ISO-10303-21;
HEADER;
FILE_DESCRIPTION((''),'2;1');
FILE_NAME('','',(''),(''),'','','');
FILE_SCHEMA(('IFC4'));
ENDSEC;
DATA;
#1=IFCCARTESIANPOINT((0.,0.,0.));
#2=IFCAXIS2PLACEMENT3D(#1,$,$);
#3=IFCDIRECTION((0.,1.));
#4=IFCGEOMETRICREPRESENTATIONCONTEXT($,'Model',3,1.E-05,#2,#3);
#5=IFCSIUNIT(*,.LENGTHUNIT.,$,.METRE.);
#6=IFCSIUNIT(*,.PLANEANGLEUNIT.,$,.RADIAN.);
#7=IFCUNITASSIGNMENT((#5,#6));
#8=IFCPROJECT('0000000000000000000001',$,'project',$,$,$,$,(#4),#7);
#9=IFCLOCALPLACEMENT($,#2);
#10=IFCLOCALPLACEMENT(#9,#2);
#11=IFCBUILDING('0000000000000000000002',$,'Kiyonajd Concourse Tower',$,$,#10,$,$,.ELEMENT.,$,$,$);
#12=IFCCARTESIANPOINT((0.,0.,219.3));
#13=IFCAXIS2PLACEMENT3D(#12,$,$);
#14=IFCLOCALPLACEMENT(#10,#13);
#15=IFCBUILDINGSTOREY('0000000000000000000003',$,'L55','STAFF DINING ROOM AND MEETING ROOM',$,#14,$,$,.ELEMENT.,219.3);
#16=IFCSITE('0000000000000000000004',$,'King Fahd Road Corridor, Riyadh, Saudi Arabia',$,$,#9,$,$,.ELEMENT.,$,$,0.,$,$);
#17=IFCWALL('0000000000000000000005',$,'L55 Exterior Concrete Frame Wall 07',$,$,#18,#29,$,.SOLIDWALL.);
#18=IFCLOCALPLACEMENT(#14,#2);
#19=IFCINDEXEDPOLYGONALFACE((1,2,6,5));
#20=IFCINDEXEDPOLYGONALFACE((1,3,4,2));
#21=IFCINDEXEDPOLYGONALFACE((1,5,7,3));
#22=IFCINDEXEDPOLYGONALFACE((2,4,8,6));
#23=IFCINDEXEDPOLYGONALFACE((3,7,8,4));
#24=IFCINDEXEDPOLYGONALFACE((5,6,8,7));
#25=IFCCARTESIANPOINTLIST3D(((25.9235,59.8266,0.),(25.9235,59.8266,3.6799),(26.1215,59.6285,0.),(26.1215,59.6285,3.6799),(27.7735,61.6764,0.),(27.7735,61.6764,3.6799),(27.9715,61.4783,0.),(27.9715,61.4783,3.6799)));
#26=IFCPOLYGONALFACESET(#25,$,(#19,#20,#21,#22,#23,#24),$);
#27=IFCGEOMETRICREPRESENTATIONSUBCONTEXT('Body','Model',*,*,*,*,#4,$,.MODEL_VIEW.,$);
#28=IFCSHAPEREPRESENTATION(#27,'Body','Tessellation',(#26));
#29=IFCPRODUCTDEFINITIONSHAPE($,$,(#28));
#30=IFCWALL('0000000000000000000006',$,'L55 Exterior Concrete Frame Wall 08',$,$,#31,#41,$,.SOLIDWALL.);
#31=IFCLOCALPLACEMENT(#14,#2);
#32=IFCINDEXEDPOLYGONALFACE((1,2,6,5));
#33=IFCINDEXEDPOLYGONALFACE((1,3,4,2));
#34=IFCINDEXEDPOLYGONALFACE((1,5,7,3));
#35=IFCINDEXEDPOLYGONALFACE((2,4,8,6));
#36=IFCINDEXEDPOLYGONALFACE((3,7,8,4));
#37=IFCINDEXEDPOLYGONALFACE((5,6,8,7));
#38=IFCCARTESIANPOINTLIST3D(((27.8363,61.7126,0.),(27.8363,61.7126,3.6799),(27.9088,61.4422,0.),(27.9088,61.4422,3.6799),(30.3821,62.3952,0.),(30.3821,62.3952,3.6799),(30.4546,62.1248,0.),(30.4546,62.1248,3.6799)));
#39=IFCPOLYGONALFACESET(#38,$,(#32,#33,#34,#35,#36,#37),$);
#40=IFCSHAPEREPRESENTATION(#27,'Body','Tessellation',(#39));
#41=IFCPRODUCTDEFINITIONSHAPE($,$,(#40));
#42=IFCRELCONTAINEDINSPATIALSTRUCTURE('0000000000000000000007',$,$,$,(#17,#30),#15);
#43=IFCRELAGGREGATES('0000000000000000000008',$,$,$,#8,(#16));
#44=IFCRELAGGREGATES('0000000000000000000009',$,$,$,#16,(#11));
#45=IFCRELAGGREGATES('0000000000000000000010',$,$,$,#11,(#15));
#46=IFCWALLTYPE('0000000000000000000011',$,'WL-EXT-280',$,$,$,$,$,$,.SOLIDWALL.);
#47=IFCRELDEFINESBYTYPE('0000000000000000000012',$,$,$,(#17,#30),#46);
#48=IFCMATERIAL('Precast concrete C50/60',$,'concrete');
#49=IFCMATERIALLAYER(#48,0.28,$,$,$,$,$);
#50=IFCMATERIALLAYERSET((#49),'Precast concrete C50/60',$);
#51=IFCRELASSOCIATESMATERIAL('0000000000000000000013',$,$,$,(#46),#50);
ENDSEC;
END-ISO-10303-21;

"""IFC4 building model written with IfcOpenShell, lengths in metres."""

from ifc_helpers import new_model, si_unit, direction, frame, frame_2d, origin, place, context, subcontext, project, spatial, rectangle, extrude, material, layer, layer_set, type_object, element, save


model = new_model("IFC4")

# Units and contexts
model_context = context("Model", 3, precision=1e-05, world=origin(), true_north=direction((0.0, 1.0)))
body_context = subcontext(model_context, "Body", "Model", "MODEL_VIEW")
ifc_project = project(units=[si_unit("LENGTHUNIT", "METRE"), si_unit("PLANEANGLEUNIT", "RADIAN")], contexts=[model_context])

# Site, building, storey
site_placement = place(None, origin())
site = spatial("IfcSite", under=ifc_project, at=site_placement, Name="King Fahd Road Corridor, Riyadh, Saudi Arabia", CompositionType="ELEMENT", RefElevation=0.0)
building_placement = place(site_placement, origin())
building = spatial("IfcBuilding", under=site, at=building_placement, Name="Kiyonajd Concourse Tower", CompositionType="ELEMENT")
storey_placement = place(building_placement, frame((0.0, 0.0, 219.3)))
storey = spatial("IfcBuildingStorey", under=building, at=storey_placement, Name="L55", Description="STAFF DINING ROOM AND MEETING ROOM", CompositionType="ELEMENT", Elevation=219.3)

# Walls
ifc_material_1 = material(Name="Precast concrete C50/60", Category="concrete")
ifc_layer_1 = layer(ifc_material_1, 0.28)
ifc_layer_set_1 = layer_set([ifc_layer_1], Name="Precast concrete C50/60")
wall_type = type_object("IfcWallType", Name="WL-EXT-280", PredefinedType="SOLIDWALL", material=ifc_layer_set_1)
wall_1_placement = place(storey_placement, frame((26.0225, 59.7275, 0.0), z_axis=(0.0, 0.0, 1.0), x_axis=(0.707153, 0.70706, 0.0)))
element("IfcWall", 1, at=wall_1_placement, inside=storey, type_object=wall_type, Name="L55 Exterior Concrete Frame Wall 07", PredefinedType="SOLIDWALL", context=body_context, shape_type="SweptSolid", body=[
    extrude(rectangle(XDim=2.6162, YDim=0.28, at=frame_2d((1.3081, 0.0))), origin(), (0.0, 0.0, 1.0), 3.6799),
])
wall_2_placement = place(storey_placement, frame((27.8726, 61.5774, 0.0), z_axis=(0.0, 0.0, 1.0), x_axis=(0.965884, 0.258977, 0.0)))
element("IfcWall", 2, at=wall_2_placement, inside=storey, type_object=wall_type, Name="L55 Exterior Concrete Frame Wall 08", PredefinedType="SOLIDWALL", context=body_context, shape_type="SweptSolid", body=[
    extrude(rectangle(XDim=2.6357, YDim=0.28, at=frame_2d((1.3179, 0.0))), origin(), (0.0, 0.0, 1.0), 3.6799),
])

save(model, "model.ifc")
